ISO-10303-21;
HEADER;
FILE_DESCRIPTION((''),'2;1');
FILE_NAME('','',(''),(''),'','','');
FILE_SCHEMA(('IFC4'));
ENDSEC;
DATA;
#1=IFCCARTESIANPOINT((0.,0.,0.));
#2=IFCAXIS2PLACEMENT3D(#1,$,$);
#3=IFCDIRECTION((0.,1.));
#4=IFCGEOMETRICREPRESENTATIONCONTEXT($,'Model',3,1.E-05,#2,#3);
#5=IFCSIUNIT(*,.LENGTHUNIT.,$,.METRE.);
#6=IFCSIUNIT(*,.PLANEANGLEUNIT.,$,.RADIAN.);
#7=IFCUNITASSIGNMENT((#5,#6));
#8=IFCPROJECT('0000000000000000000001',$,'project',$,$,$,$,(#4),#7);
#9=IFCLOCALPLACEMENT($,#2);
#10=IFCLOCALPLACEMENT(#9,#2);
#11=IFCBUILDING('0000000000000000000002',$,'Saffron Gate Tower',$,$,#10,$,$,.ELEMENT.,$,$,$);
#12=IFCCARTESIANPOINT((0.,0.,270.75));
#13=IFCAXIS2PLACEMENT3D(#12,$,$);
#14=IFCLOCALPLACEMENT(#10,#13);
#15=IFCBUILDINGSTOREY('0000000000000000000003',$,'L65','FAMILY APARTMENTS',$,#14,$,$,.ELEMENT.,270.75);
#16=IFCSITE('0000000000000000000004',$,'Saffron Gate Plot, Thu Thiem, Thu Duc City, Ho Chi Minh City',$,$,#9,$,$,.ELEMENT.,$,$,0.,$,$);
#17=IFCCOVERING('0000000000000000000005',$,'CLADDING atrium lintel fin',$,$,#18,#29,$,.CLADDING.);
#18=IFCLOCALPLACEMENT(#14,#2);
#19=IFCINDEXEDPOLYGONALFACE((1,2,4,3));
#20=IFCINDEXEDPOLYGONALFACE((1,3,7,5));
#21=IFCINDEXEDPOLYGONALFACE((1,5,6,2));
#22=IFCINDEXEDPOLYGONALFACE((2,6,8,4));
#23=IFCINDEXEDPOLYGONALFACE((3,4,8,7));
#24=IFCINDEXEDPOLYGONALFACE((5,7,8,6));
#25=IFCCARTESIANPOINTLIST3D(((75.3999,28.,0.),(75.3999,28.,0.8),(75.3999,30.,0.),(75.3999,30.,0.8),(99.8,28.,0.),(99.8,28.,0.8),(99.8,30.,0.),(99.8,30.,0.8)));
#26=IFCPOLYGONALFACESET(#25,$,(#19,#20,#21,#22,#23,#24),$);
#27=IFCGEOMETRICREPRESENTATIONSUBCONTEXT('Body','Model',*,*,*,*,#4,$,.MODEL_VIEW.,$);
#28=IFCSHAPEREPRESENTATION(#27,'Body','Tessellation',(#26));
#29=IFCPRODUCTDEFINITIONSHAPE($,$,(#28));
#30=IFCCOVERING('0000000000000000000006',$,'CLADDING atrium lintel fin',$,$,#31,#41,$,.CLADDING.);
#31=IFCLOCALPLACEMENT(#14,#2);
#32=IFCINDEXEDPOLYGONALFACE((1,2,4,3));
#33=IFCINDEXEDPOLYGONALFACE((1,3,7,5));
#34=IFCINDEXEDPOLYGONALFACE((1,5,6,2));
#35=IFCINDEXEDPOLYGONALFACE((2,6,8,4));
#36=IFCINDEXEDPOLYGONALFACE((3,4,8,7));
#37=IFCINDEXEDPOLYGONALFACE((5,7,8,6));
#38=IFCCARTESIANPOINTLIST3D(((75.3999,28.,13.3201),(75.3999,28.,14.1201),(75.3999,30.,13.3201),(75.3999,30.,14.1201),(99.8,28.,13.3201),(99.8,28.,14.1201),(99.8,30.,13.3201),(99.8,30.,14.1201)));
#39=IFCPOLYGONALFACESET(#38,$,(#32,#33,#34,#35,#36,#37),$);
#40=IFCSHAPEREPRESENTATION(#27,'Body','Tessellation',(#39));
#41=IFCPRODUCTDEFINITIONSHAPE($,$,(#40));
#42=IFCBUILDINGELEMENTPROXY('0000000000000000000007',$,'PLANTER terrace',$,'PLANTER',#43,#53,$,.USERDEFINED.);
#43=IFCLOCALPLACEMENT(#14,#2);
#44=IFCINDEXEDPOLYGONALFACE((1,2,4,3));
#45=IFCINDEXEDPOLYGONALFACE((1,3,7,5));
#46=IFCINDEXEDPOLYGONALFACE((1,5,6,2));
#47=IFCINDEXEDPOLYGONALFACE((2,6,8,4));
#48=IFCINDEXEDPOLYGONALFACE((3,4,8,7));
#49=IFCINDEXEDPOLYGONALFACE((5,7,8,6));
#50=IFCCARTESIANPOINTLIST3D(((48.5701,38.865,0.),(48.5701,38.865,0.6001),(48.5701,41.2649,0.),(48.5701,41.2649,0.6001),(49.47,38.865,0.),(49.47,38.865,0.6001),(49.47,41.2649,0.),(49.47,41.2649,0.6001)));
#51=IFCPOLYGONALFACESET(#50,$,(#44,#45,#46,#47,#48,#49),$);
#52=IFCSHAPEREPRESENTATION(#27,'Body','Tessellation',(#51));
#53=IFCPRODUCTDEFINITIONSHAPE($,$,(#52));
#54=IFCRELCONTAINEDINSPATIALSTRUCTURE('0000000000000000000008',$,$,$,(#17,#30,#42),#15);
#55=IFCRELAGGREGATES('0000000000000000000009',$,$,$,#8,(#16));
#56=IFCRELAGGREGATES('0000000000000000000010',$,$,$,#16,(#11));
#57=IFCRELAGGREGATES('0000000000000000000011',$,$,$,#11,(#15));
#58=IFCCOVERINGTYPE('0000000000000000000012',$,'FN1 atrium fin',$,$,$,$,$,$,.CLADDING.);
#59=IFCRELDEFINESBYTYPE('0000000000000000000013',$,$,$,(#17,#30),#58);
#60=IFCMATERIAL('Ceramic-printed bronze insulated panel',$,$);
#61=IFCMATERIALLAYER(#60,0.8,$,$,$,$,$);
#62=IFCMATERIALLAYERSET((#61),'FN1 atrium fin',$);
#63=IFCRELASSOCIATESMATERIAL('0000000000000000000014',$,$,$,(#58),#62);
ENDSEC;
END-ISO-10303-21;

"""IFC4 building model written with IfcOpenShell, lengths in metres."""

from ifc_helpers import new_model, si_unit, direction, frame, origin, origin_2d, place, context, subcontext, project, spatial, polyline, rectangle, outline, extrude, material, layer, layer_set, type_object, element, save


model = new_model("IFC4")

# Units and contexts
model_context = context("Model", 3, precision=1e-05, world=origin(), true_north=direction((0.0, 1.0)))
body_context = subcontext(model_context, "Body", "Model", "MODEL_VIEW")
ifc_project = project(units=[si_unit("LENGTHUNIT", "METRE"), si_unit("PLANEANGLEUNIT", "RADIAN")], contexts=[model_context])

# Site, building, storey
site_placement = place(None, origin())
site = spatial("IfcSite", under=ifc_project, at=site_placement, Name="Saffron Gate Plot, Thu Thiem, Thu Duc City, Ho Chi Minh City", CompositionType="ELEMENT", RefElevation=0.0)
building_placement = place(site_placement, origin())
building = spatial("IfcBuilding", under=site, at=building_placement, Name="Saffron Gate Tower", CompositionType="ELEMENT")
storey_placement = place(building_placement, frame((0.0, 0.0, 270.75)))
storey = spatial("IfcBuildingStorey", under=building, at=storey_placement, Name="L65", Description="FAMILY APARTMENTS", CompositionType="ELEMENT", Elevation=270.75)

# Coverings
ifc_material_1 = material(Name="Ceramic-printed bronze insulated panel")
ifc_layer_1 = layer(ifc_material_1, 0.8)
ifc_layer_set_1 = layer_set([ifc_layer_1], Name="FN1 atrium fin")
covering_type_1 = type_object("IfcCoveringType", Name="FN1 atrium fin", PredefinedType="CLADDING", material=ifc_layer_set_1)
for number, where, name in (
    (1, (0.0, 0.0, 0.0), "CLADDING atrium lintel fin"),
    (2, (0.0, 0.0, 13.3201), "CLADDING atrium lintel fin"),
):
    element("IfcCovering", number, at=place(storey_placement, frame(where)), inside=storey, type_object=covering_type_1, Name=name, PredefinedType="CLADDING", context=body_context, shape_type="SweptSolid", body=[
        extrude(outline(polyline([(75.3999, 30.0), (99.8, 30.0), (99.8, 28.0), (75.3999, 28.0), (75.3999, 30.0)])), origin(), (0.0, 0.0, 1.0), 0.8),
    ])

# Building element proxy
proxy_placement = place(storey_placement, frame((49.02, 40.0649, 0.0), z_axis=(0.0, 0.0, 1.0), x_axis=(0.0, -1.0, 0.0)))
element("IfcBuildingElementProxy", 3, at=proxy_placement, inside=storey, Name="PLANTER terrace", ObjectType="PLANTER", PredefinedType="USERDEFINED", context=body_context, shape_type="SweptSolid", body=[
    extrude(rectangle(XDim=2.3999, YDim=0.8999, at=origin_2d()), origin(), (0.0, 0.0, 1.0), 0.6001),
])

save(model, "model.ifc")
